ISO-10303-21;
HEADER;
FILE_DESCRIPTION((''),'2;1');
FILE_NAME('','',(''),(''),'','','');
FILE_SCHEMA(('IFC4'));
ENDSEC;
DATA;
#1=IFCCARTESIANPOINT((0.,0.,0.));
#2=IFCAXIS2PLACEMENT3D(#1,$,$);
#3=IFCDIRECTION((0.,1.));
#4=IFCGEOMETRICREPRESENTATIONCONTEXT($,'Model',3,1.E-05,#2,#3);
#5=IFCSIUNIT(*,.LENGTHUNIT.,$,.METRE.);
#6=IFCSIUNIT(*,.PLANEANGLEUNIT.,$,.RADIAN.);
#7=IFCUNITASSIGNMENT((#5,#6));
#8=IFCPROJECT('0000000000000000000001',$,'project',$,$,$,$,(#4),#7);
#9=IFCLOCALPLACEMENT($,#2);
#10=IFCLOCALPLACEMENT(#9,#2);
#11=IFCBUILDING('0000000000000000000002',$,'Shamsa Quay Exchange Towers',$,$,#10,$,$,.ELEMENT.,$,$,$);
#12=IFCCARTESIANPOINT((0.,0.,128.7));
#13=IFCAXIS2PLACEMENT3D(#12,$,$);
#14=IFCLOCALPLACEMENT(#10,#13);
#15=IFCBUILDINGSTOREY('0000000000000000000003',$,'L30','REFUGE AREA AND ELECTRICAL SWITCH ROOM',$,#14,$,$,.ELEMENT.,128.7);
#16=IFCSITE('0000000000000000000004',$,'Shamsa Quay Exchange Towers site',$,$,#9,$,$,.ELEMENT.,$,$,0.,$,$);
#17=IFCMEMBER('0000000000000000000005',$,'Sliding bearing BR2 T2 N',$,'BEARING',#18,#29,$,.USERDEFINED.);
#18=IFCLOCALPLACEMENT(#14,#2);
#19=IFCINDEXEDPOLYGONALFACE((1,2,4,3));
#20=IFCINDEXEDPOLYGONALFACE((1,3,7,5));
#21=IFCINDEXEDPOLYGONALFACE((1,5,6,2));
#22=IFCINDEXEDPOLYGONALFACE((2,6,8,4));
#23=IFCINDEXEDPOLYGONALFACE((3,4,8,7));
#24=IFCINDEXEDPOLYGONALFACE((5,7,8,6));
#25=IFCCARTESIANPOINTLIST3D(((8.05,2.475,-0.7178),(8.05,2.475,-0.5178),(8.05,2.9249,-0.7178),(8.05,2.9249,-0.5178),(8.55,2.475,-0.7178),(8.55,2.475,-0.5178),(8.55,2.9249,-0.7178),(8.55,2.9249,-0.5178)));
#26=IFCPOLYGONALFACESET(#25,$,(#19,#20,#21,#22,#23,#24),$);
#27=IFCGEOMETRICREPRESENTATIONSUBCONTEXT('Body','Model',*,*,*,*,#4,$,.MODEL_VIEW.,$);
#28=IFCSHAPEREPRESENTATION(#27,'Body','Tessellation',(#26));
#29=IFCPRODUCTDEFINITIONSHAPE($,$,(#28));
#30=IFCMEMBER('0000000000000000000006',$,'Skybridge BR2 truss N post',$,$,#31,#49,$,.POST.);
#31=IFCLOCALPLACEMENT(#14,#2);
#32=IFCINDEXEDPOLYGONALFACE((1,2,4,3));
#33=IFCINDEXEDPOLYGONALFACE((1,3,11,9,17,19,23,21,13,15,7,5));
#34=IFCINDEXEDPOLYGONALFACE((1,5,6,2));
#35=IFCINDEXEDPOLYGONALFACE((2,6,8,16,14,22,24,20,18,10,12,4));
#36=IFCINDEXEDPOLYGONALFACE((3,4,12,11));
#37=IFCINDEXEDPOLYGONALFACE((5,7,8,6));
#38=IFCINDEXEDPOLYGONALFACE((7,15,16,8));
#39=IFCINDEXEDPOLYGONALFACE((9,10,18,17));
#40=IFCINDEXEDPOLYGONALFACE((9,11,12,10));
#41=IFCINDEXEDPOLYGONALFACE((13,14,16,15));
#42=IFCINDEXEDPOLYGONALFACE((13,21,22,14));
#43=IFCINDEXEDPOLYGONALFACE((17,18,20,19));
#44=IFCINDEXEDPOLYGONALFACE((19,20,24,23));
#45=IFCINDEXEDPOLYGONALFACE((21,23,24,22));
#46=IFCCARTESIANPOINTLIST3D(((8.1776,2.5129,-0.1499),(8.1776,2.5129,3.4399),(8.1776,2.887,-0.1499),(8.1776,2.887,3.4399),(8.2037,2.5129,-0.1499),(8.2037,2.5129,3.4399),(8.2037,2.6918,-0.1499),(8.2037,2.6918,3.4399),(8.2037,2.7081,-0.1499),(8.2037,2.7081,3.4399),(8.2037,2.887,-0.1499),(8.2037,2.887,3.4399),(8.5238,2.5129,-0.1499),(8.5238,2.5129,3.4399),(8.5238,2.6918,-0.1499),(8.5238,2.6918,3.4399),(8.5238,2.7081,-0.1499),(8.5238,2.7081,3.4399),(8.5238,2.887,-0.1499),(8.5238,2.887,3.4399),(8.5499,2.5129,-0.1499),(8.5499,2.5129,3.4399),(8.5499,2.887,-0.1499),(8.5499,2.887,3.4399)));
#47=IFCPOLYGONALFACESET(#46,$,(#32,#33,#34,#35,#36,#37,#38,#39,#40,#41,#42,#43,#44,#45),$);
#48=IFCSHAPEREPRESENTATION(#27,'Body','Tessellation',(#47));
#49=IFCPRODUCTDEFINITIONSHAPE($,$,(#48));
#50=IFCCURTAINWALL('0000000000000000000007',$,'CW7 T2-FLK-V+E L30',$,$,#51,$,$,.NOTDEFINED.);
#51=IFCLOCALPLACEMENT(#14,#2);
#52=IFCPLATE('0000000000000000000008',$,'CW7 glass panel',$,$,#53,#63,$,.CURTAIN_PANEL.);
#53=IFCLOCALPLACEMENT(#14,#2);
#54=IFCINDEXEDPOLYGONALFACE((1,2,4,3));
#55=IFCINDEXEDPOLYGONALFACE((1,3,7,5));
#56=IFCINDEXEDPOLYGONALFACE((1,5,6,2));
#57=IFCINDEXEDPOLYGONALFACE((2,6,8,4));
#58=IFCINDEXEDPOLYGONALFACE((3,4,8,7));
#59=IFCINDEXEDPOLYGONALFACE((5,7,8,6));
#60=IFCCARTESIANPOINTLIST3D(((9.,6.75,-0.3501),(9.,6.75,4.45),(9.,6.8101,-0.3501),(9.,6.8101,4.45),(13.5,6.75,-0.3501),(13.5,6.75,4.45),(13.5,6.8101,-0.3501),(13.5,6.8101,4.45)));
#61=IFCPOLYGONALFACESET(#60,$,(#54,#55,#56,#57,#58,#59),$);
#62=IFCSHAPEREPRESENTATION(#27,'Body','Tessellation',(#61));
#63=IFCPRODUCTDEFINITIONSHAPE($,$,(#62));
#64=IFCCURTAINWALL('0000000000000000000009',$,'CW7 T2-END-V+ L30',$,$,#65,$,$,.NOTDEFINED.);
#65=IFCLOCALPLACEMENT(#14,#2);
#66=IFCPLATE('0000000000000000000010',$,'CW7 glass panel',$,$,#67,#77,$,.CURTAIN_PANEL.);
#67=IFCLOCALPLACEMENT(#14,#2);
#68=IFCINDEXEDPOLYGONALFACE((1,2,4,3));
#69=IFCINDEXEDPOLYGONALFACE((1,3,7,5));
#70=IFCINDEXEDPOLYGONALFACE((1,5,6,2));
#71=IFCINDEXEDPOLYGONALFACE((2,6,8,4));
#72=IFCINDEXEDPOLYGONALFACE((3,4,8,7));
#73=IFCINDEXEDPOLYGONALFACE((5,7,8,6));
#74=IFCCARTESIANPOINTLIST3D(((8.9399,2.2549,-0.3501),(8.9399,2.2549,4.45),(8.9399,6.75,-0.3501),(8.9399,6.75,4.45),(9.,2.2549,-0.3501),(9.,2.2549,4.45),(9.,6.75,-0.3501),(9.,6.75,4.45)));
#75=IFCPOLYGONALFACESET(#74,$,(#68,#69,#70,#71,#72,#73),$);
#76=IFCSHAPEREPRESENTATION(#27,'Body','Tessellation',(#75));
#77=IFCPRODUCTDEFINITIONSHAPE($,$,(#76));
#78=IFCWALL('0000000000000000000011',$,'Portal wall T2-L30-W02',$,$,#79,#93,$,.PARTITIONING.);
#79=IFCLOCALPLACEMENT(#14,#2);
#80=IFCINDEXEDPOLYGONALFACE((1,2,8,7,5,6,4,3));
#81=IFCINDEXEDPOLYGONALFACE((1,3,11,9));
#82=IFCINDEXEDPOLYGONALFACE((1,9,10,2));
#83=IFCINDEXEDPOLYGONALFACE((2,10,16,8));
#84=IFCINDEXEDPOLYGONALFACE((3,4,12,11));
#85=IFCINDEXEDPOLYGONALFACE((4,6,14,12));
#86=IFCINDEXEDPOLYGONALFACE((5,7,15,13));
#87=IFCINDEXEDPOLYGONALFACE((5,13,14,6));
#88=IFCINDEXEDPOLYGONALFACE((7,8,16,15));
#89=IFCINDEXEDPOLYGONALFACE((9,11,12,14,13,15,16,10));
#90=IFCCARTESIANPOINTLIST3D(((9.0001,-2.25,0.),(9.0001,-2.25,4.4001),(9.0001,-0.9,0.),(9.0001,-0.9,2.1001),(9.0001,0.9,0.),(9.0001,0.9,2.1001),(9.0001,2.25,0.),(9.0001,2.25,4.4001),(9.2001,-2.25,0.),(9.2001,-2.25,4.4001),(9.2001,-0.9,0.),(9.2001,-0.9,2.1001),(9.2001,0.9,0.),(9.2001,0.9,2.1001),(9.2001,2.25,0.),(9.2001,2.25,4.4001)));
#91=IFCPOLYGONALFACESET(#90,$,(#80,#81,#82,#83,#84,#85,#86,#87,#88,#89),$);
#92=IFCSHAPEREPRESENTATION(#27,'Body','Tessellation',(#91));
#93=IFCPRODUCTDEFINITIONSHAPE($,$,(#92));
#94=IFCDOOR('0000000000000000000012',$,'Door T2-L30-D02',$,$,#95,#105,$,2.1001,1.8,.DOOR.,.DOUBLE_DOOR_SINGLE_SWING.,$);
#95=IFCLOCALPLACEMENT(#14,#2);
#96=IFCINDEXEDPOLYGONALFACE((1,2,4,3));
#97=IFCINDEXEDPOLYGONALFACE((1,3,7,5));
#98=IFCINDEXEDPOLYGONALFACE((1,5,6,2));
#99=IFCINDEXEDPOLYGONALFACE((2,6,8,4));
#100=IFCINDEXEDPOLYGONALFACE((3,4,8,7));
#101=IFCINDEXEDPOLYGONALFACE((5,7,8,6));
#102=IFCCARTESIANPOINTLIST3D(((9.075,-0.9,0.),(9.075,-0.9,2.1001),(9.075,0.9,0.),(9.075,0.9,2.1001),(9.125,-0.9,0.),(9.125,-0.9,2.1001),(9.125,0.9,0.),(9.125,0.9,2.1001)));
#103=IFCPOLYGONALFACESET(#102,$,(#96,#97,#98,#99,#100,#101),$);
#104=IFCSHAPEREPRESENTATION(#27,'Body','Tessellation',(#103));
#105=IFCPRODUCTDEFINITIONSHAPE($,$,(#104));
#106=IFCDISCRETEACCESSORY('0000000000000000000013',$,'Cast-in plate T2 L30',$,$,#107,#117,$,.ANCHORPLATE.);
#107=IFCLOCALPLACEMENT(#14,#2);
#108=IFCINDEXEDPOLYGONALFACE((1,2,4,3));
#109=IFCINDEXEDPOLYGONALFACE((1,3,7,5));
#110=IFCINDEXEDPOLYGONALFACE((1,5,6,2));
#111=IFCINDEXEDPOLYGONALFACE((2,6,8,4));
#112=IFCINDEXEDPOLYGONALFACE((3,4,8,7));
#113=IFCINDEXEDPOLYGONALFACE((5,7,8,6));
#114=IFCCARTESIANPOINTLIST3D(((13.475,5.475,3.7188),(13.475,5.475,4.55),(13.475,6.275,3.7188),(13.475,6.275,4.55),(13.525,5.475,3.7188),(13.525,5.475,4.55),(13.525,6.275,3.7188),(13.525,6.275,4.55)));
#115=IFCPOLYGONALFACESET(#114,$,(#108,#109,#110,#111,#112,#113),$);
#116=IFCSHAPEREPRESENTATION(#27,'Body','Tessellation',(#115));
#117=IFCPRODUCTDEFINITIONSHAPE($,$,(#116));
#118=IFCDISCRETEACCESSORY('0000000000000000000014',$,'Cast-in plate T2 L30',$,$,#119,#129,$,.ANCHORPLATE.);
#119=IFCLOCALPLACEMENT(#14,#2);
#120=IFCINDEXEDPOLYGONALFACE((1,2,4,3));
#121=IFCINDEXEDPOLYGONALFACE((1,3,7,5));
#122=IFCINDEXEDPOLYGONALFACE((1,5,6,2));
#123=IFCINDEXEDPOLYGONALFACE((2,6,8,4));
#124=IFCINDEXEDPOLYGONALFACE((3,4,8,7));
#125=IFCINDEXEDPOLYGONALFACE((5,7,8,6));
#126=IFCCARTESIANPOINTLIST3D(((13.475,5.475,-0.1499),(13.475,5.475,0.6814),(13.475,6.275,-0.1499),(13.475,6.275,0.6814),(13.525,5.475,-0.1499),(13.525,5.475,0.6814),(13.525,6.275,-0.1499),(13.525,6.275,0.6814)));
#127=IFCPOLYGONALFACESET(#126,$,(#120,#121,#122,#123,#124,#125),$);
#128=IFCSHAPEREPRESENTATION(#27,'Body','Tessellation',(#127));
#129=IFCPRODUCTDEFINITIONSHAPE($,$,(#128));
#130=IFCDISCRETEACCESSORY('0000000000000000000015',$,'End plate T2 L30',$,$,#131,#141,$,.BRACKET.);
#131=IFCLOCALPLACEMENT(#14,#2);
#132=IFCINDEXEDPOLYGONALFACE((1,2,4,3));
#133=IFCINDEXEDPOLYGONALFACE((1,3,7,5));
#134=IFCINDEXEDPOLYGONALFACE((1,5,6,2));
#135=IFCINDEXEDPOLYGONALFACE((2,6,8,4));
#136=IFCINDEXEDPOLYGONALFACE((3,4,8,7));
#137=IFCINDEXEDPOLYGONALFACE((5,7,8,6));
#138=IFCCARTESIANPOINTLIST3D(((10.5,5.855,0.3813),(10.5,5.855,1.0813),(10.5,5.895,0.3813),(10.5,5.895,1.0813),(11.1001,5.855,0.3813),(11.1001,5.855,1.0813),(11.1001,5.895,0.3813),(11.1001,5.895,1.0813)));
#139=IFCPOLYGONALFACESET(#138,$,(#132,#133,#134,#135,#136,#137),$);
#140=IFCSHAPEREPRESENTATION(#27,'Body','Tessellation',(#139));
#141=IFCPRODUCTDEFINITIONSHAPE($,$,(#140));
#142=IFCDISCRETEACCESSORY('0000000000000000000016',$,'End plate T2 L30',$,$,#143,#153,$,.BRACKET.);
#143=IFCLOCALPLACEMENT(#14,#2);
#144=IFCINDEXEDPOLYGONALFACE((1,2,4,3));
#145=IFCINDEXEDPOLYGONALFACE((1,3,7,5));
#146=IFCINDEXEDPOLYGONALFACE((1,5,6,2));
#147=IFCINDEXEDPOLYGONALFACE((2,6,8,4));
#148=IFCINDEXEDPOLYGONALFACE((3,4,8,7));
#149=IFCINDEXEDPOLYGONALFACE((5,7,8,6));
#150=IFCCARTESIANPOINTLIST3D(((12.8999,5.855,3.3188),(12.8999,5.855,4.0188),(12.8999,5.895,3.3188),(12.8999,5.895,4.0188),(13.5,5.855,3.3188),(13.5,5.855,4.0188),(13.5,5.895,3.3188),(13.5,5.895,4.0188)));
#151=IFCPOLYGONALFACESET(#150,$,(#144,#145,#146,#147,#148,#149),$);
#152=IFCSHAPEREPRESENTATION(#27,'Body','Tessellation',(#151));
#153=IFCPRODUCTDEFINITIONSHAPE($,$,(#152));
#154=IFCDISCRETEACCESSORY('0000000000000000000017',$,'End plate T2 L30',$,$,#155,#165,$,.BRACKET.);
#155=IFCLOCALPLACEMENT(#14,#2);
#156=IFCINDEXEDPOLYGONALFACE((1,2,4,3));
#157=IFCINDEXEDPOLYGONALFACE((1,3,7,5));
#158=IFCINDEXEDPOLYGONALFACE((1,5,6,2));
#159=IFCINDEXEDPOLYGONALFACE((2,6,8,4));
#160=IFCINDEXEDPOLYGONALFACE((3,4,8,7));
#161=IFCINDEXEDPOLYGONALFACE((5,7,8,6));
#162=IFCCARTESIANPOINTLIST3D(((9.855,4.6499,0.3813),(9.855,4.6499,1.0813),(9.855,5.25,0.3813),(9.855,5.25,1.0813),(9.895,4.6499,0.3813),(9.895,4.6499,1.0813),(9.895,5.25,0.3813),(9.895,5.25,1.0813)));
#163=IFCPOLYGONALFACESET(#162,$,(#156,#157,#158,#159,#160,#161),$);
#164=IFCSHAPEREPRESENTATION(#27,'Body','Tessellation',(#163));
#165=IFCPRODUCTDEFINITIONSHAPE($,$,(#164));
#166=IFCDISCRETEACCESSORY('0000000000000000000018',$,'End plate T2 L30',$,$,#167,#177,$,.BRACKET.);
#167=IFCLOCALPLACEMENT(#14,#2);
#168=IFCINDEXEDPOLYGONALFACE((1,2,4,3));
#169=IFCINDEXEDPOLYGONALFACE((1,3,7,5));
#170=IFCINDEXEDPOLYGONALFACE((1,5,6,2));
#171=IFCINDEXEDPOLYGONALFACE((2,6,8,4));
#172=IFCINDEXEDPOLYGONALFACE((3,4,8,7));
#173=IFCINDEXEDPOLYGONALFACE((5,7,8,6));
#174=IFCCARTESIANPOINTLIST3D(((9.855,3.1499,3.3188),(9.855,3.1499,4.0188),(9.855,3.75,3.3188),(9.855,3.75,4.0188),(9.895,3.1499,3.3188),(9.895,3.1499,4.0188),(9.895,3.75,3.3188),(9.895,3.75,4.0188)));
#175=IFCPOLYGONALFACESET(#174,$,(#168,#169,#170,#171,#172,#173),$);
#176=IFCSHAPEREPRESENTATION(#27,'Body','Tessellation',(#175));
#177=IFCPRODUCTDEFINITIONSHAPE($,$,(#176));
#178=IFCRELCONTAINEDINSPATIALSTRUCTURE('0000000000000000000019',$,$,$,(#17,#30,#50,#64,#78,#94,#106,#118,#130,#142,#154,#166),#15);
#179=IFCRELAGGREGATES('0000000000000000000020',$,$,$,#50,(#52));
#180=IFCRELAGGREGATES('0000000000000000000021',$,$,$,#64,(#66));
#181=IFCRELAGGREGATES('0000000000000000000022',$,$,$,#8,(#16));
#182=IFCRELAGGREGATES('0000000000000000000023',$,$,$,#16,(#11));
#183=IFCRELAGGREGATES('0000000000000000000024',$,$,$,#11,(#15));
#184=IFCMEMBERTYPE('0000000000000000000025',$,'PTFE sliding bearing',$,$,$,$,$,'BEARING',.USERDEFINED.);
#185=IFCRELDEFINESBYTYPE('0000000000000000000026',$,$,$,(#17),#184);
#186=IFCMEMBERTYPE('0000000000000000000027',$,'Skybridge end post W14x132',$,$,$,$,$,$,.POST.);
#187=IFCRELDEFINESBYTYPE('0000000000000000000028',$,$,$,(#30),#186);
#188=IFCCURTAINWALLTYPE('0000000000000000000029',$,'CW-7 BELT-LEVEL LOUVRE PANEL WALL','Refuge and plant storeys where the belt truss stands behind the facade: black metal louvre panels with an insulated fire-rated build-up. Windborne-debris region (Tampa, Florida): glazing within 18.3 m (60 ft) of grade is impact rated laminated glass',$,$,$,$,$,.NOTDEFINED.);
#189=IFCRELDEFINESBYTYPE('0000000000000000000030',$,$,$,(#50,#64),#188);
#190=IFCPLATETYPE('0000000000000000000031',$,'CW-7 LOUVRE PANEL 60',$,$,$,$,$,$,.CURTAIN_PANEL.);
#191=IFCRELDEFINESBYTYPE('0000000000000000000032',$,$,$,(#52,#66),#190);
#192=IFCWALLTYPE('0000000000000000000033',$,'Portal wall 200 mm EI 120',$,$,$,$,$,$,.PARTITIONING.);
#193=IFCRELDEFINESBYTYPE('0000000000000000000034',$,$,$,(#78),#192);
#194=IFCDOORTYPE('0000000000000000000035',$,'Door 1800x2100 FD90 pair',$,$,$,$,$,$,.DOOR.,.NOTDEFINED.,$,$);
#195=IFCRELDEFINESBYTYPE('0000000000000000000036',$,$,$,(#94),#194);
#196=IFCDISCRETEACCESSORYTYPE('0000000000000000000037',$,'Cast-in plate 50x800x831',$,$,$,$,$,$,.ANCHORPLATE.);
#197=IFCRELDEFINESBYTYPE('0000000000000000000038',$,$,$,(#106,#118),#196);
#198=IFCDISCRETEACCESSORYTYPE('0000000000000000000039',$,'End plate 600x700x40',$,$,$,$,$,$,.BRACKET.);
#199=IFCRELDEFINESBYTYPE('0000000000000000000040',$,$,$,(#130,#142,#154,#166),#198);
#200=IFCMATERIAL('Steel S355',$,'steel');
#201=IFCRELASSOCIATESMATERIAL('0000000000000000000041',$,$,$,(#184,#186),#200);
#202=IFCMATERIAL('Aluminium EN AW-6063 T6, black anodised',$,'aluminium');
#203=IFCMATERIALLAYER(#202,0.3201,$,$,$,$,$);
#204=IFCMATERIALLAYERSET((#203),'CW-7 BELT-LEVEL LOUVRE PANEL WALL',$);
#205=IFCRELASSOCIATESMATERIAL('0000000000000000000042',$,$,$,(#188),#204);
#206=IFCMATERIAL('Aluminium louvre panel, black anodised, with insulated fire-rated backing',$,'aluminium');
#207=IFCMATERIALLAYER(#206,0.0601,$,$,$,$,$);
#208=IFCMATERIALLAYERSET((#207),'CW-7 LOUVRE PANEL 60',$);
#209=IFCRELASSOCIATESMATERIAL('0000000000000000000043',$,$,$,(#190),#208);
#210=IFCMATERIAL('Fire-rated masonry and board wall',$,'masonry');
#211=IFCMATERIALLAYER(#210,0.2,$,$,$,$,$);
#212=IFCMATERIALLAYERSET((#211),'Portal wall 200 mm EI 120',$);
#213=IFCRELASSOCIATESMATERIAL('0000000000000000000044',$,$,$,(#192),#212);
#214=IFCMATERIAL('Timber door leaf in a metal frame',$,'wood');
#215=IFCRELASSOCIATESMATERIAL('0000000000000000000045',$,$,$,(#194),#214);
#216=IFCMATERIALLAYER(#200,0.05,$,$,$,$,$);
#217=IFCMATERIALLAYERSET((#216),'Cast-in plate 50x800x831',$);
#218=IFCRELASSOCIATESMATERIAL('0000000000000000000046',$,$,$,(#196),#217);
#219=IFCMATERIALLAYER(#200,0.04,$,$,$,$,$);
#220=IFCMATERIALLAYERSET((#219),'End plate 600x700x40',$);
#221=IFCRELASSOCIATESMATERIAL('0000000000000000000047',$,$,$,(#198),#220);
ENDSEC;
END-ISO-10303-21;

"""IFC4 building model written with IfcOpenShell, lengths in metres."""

from ifc_helpers import new_model, si_unit, direction, frame, frame_2d, origin, origin_2d, place, context, subcontext, project, spatial, rectangle, i_section, extrude, material, layer, layer_set, material_profile, profile_set, type_object, element, fill, aggregate, save


model = new_model("IFC4")

# Units and contexts
model_context = context("Model", 3, precision=1e-05, world=origin(), true_north=direction((0.0, 1.0)))
body_context = subcontext(model_context, "Body", "Model", "MODEL_VIEW")
ifc_project = project(units=[si_unit("LENGTHUNIT", "METRE"), si_unit("PLANEANGLEUNIT", "RADIAN")], contexts=[model_context])

# Site, building, storey
site_placement = place(None, origin())
site = spatial("IfcSite", under=ifc_project, at=site_placement, Name="Shamsa Quay Exchange Towers site", CompositionType="ELEMENT", RefElevation=0.0)
building_placement = place(site_placement, origin())
building = spatial("IfcBuilding", under=site, at=building_placement, Name="Shamsa Quay Exchange Towers", CompositionType="ELEMENT")
storey_placement = place(building_placement, frame((0.0, 0.0, 128.7)))
storey = spatial("IfcBuildingStorey", under=building, at=storey_placement, Name="L30", Description="REFUGE AREA AND ELECTRICAL SWITCH ROOM", CompositionType="ELEMENT", Elevation=128.7)

# Members
ifc_material_1 = material(Name="Steel S355", Category="steel")
ifc_material_profile_1 = material_profile(ifc_material_1, rectangle(XDim=0.5, YDim=0.2, at=origin_2d()), Name="500x200")
ifc_profile_set_1 = profile_set([ifc_material_profile_1], Name="Steel S355")
member_type_1 = type_object("IfcMemberType", Name="PTFE sliding bearing", ElementType="BEARING", PredefinedType="USERDEFINED", material=ifc_profile_set_1)
member_1_placement = place(storey_placement, frame((8.3, 2.7, -0.7178)))
element("IfcMember", 1, at=member_1_placement, inside=storey, type_object=member_type_1, Name="Sliding bearing BR2 T2 N", ObjectType="BEARING", PredefinedType="USERDEFINED", context=body_context, shape_type="SweptSolid", body=[
    extrude(rectangle(XDim=0.5, YDim=0.45, at=origin_2d()), origin(), (0.0, 0.0, 1.0), 0.2),
])
ifc_material_profile_2 = material_profile(ifc_material_1, i_section(OverallWidth=0.374, OverallDepth=0.3723, WebThickness=0.0164, FlangeThickness=0.0261, at=origin_2d()), Name="W14x132")
ifc_profile_set_2 = profile_set([ifc_material_profile_2], Name="Steel S355")
member_type_2 = type_object("IfcMemberType", Name="Skybridge end post W14x132", PredefinedType="POST", material=ifc_profile_set_2)
member_2_placement = place(storey_placement, frame((8.3638, 2.7, -0.1499), z_axis=(0.0, 0.0, 1.0), x_axis=(0.0, 1.0, 0.0)))
element("IfcMember", 2, at=member_2_placement, inside=storey, type_object=member_type_2, Name="Skybridge BR2 truss N post", PredefinedType="POST", context=body_context, shape_type="SweptSolid", body=[
    extrude(i_section(OverallWidth=0.374, OverallDepth=0.3723, WebThickness=0.0164, FlangeThickness=0.0261, at=origin_2d()), origin(), (0.0, 0.0, 1.0), 3.5898),
])

# Curtain walls, plates
ifc_material_2 = material(Name="Aluminium EN AW-6063 T6, black anodised", Category="aluminium")
ifc_layer_1 = layer(ifc_material_2, 0.3201)
ifc_layer_set_1 = layer_set([ifc_layer_1], Name="CW-7 BELT-LEVEL LOUVRE PANEL WALL")
curtain_wall_type = type_object("IfcCurtainWallType", Name="CW-7 BELT-LEVEL LOUVRE PANEL WALL", Description="Refuge and plant storeys where the belt truss stands behind the facade: black metal louvre panels with an insulated fire-rated build-up. Windborne-debris region (Tampa, Florida): glazing within 18.3 m (60 ft) of grade is impact rated laminated glass", PredefinedType="NOTDEFINED", material=ifc_layer_set_1)
curtain_wall_1_placement = place(storey_placement, origin())
curtain_wall_1 = element("IfcCurtainWall", 3, at=curtain_wall_1_placement, inside=storey, type_object=curtain_wall_type, Name="CW7 T2-FLK-V+E L30", PredefinedType="NOTDEFINED")
ifc_material_3 = material(Name="Aluminium louvre panel, black anodised, with insulated fire-rated backing", Category="aluminium")
ifc_layer_2 = layer(ifc_material_3, 0.0601)
ifc_layer_set_2 = layer_set([ifc_layer_2], Name="CW-7 LOUVRE PANEL 60")
plate_type = type_object("IfcPlateType", Name="CW-7 LOUVRE PANEL 60", PredefinedType="CURTAIN_PANEL", material=ifc_layer_set_2)
plate_1_placement = place(storey_placement, frame((11.25, 6.78, -0.3501), z_axis=(0.0, 0.0, 1.0), x_axis=(-1.0, 0.0, 0.0)))
plate_1 = element("IfcPlate", 4, at=plate_1_placement, type_object=plate_type, Name="CW7 glass panel", PredefinedType="CURTAIN_PANEL", context=body_context, shape_type="SweptSolid", body=[
    extrude(rectangle(XDim=4.5, YDim=0.0601, at=origin_2d()), origin(), (0.0, 0.0, 1.0), 4.8),
])
aggregate(curtain_wall_1, [plate_1])
curtain_wall_2_placement = place(storey_placement, origin())
curtain_wall_2 = element("IfcCurtainWall", 5, at=curtain_wall_2_placement, inside=storey, type_object=curtain_wall_type, Name="CW7 T2-END-V+ L30", PredefinedType="NOTDEFINED")
plate_2_placement = place(storey_placement, frame((8.97, 4.5024, -0.3501), z_axis=(0.0, 0.0, 1.0), x_axis=(0.0, -1.0, 0.0)))
plate_2 = element("IfcPlate", 6, at=plate_2_placement, type_object=plate_type, Name="CW7 glass panel", PredefinedType="CURTAIN_PANEL", context=body_context, shape_type="SweptSolid", body=[
    extrude(rectangle(XDim=4.4951, YDim=0.0601, at=origin_2d()), origin(), (0.0, 0.0, 1.0), 4.8),
])
aggregate(curtain_wall_2, [plate_2])

# Wall, opening, door
ifc_material_4 = material(Name="Fire-rated masonry and board wall", Category="masonry")
ifc_layer_3 = layer(ifc_material_4, 0.2)
ifc_layer_set_3 = layer_set([ifc_layer_3], Name="Portal wall 200 mm EI 120")
wall_type = type_object("IfcWallType", Name="Portal wall 200 mm EI 120", PredefinedType="PARTITIONING", material=ifc_layer_set_3)
wall_placement = place(storey_placement, frame((9.1001, 2.25, 0.0), z_axis=(0.0, 0.0, 1.0), x_axis=(0.0, -1.0, 0.0)))
wall = element("IfcWall", 7, at=wall_placement, inside=storey, type_object=wall_type, Name="Portal wall T2-L30-W02", PredefinedType="PARTITIONING", context=body_context, shape_type="SweptSolid", body=[
    extrude(rectangle(XDim=4.5, YDim=0.2, at=frame_2d((2.25, 0.0))), origin(), (0.0, 0.0, 1.0), 4.4001),
])
opening_placement = place(wall_placement, frame((1.3501, 0.0, 0.0)))
opening = element("IfcOpeningElement", 8, at=opening_placement, cuts=wall, PredefinedType="OPENING", context=body_context, shape_type="SweptSolid", body=[
    extrude(rectangle(XDim=1.8, YDim=2.1001, at=frame_2d((0.8999, 1.05))), frame((0.0, 0.1099, 0.0), z_axis=(0.0, -1.0, 0.0), x_axis=(1.0, 0.0, 0.0)), (0.0, 0.0, 1.0), 0.22),
])
ifc_material_5 = material(Name="Timber door leaf in a metal frame", Category="wood")
door_type = type_object("IfcDoorType", Name="Door 1800x2100 FD90 pair", OperationType="NOTDEFINED", PredefinedType="DOOR", material=ifc_material_5)
door_placement = place(opening_placement, origin())
door = element("IfcDoor", 9, at=door_placement, inside=storey, type_object=door_type, Name="Door T2-L30-D02", OperationType="DOUBLE_DOOR_SINGLE_SWING", OverallHeight=2.1001, OverallWidth=1.8, PredefinedType="DOOR", context=body_context, shape_type="SweptSolid", body=[
    extrude(rectangle(XDim=1.8, YDim=2.1001, at=frame_2d((0.8999, 1.05))), frame((0.0, 0.0249, 0.0), z_axis=(0.0, -1.0, 0.0), x_axis=(1.0, 0.0, 0.0)), (0.0, 0.0, 1.0), 0.05),
])
fill(opening, door)

# Discrete accessories
ifc_layer_4 = layer(ifc_material_1, 0.05)
ifc_layer_set_4 = layer_set([ifc_layer_4], Name="Cast-in plate 50x800x831")
discrete_accessory_type_1 = type_object("IfcDiscreteAccessoryType", Name="Cast-in plate 50x800x831", PredefinedType="ANCHORPLATE", material=ifc_layer_set_4)
for number, where, name in (
    (10, (13.5, 5.875, 3.7188), "Cast-in plate T2 L30"),
    (11, (13.5, 5.875, -0.1499), "Cast-in plate T2 L30"),
):
    element("IfcDiscreteAccessory", number, at=place(storey_placement, frame(where)), inside=storey, type_object=discrete_accessory_type_1, Name=name, PredefinedType="ANCHORPLATE", context=body_context, shape_type="SweptSolid", body=[
        extrude(rectangle(XDim=0.05, YDim=0.8, at=origin_2d()), origin(), (0.0, 0.0, 1.0), 0.8313),
    ])
ifc_layer_5 = layer(ifc_material_1, 0.04)
ifc_layer_set_5 = layer_set([ifc_layer_5], Name="End plate 600x700x40")
discrete_accessory_type_2 = type_object("IfcDiscreteAccessoryType", Name="End plate 600x700x40", PredefinedType="BRACKET", material=ifc_layer_set_5)
for number, where, name in (
    (12, (10.8, 5.875, 0.3813), "End plate T2 L30"),
    (13, (13.2, 5.875, 3.3188), "End plate T2 L30"),
):
    element("IfcDiscreteAccessory", number, at=place(storey_placement, frame(where)), inside=storey, type_object=discrete_accessory_type_2, Name=name, PredefinedType="BRACKET", context=body_context, shape_type="SweptSolid", body=[
        extrude(rectangle(XDim=0.6001, YDim=0.04, at=origin_2d()), origin(), (0.0, 0.0, 1.0), 0.7),
    ])
for number, where, z_axis, x_axis, name in (
    (14, (9.875, 4.95, 0.3813), (0.0, 0.0, 1.0), (0.0, -1.0, 0.0), "End plate T2 L30"),
    (15, (9.875, 3.45, 3.3188), (0.0, 0.0, 1.0), (0.0, -1.0, 0.0), "End plate T2 L30"),
):
    element("IfcDiscreteAccessory", number, at=place(storey_placement, frame(where, z_axis=z_axis, x_axis=x_axis)), inside=storey, type_object=discrete_accessory_type_2, Name=name, PredefinedType="BRACKET", context=body_context, shape_type="SweptSolid", body=[
        extrude(rectangle(XDim=0.6001, YDim=0.04, at=origin_2d()), origin(), (0.0, 0.0, 1.0), 0.7),
    ])

save(model, "model.ifc")
